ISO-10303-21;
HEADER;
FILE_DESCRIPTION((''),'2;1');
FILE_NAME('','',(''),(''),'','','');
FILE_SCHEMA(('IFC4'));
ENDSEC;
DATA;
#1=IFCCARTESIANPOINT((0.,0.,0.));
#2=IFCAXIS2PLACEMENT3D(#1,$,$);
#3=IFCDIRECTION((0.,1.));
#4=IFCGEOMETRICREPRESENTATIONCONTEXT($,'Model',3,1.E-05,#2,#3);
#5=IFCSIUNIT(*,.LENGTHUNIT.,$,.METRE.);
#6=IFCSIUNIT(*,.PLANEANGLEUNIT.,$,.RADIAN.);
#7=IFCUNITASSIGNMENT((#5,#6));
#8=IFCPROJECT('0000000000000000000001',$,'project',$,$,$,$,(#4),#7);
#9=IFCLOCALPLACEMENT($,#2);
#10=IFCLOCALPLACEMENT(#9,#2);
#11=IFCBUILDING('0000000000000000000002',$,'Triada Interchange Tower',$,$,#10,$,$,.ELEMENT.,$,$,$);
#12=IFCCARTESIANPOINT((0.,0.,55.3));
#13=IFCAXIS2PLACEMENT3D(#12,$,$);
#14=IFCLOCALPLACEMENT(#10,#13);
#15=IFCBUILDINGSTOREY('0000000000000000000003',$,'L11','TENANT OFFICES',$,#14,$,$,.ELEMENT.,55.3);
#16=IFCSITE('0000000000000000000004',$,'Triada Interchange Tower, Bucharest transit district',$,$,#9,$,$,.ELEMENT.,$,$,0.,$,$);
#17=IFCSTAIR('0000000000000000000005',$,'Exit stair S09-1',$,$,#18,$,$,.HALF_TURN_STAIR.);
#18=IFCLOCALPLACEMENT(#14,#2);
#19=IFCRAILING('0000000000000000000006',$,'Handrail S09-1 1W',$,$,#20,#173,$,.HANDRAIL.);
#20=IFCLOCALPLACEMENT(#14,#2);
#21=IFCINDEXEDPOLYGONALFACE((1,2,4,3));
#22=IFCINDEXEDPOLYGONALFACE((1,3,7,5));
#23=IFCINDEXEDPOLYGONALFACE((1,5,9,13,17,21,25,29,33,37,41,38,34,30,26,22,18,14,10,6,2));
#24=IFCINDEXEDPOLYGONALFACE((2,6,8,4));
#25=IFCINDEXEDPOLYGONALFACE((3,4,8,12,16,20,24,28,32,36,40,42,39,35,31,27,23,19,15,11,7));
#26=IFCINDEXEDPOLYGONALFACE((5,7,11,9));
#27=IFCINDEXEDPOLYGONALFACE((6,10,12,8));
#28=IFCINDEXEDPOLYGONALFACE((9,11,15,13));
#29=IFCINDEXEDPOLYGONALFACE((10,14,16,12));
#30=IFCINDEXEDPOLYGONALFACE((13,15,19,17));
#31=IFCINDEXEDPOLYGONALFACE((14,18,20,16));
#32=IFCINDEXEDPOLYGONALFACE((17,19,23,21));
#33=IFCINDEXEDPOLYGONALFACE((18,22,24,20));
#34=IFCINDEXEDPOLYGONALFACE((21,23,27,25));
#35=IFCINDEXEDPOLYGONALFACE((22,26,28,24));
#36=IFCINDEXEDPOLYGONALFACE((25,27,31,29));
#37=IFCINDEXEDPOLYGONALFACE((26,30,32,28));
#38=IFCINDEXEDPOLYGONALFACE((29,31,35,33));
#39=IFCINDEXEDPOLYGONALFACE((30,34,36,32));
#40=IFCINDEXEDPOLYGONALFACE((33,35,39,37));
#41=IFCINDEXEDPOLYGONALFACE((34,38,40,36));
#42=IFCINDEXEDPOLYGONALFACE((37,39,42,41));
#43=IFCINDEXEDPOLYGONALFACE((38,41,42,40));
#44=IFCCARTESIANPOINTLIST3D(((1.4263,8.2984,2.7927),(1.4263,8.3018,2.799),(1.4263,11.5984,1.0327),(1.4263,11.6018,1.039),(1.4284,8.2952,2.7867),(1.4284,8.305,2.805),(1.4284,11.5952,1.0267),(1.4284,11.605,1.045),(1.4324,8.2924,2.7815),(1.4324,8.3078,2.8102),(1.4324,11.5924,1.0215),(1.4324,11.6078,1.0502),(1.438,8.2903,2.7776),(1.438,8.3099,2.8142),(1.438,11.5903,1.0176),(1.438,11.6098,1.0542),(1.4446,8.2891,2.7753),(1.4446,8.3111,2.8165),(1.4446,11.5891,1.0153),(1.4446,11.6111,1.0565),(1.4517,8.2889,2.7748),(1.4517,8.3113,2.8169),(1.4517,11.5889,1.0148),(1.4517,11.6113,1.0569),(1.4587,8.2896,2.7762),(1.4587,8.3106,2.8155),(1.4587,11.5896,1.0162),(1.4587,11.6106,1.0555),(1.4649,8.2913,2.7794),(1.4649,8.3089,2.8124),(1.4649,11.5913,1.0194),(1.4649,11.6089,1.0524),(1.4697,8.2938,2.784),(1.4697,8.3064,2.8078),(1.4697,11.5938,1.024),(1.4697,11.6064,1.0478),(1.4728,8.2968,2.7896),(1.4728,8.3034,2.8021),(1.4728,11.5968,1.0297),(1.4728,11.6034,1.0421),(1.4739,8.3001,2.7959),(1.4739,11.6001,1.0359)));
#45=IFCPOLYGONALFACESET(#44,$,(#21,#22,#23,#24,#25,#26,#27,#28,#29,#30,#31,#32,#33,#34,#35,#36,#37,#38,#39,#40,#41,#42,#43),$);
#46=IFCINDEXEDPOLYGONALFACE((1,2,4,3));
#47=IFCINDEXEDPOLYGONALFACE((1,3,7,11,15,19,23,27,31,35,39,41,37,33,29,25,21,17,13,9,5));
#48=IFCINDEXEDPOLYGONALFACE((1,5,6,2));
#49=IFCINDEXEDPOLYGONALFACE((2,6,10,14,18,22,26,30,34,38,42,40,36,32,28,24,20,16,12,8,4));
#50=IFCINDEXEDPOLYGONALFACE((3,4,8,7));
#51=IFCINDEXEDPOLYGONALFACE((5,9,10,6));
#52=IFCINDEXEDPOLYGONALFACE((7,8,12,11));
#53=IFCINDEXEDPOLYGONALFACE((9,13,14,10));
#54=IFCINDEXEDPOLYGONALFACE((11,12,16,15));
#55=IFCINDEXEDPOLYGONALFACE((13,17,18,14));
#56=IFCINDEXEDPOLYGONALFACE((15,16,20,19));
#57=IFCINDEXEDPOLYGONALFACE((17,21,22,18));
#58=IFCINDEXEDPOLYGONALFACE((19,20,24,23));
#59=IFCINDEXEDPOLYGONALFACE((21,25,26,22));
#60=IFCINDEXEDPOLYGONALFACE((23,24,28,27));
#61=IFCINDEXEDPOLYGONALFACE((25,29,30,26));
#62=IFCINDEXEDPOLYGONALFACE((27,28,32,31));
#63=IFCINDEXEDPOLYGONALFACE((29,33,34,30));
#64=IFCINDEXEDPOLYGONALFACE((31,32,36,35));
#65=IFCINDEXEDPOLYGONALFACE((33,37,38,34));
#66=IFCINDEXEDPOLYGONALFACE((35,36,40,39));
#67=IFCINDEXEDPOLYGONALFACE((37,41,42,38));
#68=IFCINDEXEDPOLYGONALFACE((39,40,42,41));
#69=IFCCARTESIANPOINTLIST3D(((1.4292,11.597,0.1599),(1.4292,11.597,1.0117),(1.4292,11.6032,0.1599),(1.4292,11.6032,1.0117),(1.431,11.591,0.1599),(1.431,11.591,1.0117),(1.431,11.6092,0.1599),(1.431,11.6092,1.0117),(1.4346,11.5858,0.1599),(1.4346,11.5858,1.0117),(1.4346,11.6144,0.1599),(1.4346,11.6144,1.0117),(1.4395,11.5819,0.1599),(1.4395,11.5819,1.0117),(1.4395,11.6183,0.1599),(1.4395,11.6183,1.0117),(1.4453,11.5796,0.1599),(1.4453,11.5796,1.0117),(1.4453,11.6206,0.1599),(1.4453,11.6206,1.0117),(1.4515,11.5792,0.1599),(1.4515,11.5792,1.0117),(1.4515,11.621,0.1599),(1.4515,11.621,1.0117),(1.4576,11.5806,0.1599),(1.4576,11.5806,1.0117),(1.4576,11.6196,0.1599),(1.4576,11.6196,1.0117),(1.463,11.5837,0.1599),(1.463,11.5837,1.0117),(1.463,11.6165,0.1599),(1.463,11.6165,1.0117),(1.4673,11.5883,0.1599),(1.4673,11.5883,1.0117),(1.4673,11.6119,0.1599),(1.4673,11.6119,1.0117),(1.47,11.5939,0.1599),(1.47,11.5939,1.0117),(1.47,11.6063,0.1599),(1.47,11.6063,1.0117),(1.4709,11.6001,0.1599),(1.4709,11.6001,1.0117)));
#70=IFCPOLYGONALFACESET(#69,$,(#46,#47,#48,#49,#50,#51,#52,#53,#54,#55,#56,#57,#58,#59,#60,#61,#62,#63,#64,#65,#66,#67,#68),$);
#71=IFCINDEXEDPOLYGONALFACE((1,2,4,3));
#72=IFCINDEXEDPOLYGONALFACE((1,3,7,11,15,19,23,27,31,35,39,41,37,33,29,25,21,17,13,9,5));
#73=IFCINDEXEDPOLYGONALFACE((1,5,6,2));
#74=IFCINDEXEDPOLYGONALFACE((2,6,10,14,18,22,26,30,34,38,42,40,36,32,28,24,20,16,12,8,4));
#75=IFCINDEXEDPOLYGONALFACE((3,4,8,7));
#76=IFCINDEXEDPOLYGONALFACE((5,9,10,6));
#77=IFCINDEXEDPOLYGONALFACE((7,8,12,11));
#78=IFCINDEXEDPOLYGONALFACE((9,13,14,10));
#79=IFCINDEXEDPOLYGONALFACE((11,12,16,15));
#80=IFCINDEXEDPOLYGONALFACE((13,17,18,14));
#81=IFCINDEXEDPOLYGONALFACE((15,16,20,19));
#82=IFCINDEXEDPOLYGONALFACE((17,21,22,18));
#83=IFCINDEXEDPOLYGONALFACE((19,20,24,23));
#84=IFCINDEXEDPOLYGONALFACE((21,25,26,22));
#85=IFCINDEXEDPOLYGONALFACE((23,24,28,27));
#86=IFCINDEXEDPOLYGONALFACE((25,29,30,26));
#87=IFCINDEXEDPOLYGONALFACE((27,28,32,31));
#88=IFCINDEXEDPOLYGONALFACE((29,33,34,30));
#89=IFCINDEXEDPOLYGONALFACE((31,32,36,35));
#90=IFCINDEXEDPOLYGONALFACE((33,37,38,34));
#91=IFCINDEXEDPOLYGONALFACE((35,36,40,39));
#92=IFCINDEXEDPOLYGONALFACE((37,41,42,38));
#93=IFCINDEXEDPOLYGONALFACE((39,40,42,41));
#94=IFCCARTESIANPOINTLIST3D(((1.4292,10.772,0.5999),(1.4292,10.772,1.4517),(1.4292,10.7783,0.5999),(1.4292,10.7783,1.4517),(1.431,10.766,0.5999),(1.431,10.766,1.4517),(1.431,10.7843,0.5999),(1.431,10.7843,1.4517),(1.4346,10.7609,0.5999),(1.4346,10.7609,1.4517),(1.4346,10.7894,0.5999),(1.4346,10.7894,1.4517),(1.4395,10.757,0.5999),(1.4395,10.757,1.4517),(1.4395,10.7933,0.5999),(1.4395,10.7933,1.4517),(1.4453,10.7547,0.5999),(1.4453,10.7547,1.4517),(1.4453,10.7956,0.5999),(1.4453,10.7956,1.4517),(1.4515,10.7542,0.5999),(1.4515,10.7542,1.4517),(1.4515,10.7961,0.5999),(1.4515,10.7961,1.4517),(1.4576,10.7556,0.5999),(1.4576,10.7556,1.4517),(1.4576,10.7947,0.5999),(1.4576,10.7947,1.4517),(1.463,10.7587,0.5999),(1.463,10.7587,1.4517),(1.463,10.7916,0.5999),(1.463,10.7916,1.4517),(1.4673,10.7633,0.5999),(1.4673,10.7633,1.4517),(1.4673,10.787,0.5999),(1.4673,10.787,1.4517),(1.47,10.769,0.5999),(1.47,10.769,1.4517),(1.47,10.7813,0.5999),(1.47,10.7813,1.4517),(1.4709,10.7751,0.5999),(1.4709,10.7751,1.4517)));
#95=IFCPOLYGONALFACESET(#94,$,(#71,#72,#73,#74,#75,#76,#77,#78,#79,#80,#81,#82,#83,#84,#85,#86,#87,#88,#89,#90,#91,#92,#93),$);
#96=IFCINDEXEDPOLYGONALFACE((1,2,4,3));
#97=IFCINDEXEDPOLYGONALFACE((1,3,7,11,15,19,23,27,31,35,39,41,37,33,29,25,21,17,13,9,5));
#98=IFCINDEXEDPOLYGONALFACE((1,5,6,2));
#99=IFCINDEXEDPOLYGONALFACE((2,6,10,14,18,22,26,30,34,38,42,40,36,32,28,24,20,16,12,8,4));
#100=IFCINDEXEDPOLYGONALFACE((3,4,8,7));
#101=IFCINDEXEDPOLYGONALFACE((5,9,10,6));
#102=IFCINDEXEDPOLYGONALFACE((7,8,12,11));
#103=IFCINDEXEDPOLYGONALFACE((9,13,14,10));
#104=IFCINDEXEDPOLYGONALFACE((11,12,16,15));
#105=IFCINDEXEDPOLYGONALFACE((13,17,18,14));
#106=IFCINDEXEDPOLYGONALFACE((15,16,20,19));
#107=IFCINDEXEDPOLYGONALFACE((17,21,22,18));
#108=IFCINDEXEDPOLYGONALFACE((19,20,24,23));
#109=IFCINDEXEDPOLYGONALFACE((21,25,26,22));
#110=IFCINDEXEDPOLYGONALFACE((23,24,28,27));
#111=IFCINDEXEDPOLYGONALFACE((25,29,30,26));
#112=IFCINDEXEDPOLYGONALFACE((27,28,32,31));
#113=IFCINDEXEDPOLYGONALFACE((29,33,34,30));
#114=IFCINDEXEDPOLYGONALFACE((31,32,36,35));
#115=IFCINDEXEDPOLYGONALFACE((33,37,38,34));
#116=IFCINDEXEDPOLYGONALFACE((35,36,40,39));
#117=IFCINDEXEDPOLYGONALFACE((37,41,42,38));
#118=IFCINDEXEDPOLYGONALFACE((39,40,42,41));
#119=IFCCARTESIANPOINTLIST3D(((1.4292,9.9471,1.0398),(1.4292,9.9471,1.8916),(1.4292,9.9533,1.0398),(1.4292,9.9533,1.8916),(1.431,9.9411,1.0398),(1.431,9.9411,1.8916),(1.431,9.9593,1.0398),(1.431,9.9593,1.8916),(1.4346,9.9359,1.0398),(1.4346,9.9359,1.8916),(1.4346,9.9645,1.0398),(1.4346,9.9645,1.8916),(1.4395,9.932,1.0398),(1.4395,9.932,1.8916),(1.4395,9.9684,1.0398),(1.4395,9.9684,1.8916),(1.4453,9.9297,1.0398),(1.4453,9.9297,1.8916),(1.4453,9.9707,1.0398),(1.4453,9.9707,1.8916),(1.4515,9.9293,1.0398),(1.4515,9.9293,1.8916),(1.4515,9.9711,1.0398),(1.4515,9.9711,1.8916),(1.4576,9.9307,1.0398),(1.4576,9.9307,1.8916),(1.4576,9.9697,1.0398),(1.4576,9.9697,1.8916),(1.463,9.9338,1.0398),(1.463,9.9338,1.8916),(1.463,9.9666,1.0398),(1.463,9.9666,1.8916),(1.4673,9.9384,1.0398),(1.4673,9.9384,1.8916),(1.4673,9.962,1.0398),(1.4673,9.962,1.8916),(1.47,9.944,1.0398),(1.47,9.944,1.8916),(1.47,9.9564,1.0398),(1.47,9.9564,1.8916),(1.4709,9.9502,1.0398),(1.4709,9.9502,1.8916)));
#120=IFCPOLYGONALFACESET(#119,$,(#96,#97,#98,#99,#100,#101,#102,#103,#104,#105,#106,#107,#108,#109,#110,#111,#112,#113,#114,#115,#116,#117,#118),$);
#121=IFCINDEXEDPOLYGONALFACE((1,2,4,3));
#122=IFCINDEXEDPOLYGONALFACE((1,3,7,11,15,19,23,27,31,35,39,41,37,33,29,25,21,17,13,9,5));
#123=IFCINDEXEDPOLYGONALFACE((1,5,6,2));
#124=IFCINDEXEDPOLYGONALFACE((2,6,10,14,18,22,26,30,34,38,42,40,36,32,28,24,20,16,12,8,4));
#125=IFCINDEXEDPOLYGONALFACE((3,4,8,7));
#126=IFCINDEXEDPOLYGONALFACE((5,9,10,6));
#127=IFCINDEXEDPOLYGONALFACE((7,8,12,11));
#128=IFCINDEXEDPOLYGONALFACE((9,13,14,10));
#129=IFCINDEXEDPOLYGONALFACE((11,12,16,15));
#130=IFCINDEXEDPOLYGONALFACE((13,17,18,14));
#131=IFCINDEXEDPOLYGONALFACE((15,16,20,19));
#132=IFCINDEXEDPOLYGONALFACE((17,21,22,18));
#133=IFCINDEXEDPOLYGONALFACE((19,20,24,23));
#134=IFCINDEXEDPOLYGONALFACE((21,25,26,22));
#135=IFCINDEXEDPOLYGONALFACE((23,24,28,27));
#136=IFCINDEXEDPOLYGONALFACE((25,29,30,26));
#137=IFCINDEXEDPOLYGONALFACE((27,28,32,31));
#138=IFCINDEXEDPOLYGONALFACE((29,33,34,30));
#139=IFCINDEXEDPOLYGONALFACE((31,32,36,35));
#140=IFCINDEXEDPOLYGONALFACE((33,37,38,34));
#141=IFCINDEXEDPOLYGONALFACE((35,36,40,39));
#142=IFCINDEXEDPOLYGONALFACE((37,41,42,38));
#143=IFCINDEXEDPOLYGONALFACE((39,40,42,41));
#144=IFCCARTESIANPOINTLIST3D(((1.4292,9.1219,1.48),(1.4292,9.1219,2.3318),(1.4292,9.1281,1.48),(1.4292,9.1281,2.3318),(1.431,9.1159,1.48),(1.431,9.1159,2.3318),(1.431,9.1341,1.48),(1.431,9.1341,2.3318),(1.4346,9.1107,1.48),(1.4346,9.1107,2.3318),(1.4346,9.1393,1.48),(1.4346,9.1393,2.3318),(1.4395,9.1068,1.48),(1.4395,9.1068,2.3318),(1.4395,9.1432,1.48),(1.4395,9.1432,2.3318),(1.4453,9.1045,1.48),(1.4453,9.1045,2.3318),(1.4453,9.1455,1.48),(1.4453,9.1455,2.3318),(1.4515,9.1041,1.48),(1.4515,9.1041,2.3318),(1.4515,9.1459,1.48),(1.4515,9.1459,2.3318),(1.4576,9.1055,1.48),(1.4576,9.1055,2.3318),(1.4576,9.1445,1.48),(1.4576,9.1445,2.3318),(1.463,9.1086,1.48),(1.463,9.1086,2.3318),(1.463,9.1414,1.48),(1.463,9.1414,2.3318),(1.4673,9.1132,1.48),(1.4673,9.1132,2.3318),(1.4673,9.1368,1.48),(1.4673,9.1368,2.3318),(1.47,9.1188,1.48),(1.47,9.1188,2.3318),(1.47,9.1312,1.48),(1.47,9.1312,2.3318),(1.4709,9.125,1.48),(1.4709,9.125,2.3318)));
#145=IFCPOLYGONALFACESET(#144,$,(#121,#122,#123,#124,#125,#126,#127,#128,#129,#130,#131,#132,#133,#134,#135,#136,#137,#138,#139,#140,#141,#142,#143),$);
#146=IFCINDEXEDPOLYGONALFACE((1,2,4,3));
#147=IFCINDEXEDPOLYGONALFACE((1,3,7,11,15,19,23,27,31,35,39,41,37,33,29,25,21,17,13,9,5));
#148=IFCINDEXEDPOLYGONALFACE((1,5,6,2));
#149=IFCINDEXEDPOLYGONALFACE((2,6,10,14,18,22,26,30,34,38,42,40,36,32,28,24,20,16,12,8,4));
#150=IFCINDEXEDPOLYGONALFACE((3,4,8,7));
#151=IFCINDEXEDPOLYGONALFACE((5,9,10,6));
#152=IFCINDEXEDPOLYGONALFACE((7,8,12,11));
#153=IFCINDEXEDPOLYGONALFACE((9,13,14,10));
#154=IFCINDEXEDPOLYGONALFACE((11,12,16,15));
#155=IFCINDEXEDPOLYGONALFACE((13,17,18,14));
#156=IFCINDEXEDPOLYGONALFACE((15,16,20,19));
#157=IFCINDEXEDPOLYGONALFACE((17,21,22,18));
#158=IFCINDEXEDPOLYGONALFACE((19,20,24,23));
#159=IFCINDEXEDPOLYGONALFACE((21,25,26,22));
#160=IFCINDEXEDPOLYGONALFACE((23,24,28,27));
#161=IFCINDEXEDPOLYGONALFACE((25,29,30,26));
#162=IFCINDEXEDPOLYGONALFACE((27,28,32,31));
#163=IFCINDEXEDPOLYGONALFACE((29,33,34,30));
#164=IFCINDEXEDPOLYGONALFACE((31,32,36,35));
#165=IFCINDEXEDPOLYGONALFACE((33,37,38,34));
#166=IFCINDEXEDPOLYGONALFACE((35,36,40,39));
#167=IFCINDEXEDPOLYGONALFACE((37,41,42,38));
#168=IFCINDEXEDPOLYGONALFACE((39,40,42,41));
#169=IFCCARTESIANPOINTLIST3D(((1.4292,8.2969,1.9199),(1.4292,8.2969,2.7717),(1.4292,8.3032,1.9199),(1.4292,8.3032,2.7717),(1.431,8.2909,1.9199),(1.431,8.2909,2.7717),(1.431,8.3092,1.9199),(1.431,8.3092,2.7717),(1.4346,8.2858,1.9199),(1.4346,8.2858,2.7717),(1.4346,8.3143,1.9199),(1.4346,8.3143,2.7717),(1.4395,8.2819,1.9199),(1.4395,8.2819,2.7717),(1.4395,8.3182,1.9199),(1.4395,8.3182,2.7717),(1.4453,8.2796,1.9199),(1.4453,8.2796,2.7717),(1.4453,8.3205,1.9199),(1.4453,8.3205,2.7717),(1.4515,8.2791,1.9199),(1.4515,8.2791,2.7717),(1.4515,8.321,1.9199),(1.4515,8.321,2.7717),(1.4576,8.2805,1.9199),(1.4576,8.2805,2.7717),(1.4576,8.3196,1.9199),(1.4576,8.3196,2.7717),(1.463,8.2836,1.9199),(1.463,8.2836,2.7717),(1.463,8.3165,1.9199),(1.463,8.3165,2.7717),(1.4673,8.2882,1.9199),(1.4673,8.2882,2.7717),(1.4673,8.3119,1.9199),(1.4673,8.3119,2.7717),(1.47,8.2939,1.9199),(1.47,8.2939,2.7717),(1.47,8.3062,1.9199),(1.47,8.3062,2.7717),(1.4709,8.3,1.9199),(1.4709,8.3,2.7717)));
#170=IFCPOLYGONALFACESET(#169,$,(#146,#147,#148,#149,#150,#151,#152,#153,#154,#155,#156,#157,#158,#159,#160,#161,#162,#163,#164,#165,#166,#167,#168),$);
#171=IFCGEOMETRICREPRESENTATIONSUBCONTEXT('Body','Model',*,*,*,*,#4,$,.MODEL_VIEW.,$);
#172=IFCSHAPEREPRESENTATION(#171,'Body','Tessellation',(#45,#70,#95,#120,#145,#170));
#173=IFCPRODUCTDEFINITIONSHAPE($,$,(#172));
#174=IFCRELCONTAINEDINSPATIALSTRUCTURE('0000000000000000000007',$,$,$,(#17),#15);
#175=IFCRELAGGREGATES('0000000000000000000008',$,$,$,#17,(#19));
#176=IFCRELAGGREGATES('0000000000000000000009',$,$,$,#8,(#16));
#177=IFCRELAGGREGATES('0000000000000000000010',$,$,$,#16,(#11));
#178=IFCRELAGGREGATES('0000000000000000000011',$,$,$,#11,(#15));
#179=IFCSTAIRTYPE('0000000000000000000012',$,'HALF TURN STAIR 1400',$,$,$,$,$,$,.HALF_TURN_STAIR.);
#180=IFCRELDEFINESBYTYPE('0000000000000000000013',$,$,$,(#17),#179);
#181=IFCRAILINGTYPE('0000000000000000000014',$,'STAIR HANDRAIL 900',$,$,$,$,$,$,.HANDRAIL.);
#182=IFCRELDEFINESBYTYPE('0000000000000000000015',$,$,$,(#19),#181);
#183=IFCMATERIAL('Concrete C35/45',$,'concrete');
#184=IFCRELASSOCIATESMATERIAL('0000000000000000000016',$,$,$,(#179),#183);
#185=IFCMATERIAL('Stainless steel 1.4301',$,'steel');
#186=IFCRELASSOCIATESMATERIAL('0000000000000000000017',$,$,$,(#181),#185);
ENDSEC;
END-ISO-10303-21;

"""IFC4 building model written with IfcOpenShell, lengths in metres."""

from ifc_helpers import new_model, si_unit, direction, frame, origin, origin_2d, place, context, subcontext, project, spatial, circle, extrude, material, type_object, element, aggregate, save


model = new_model("IFC4")

# Units and contexts
model_context = context("Model", 3, precision=1e-05, world=origin(), true_north=direction((0.0, 1.0)))
body_context = subcontext(model_context, "Body", "Model", "MODEL_VIEW")
ifc_project = project(units=[si_unit("LENGTHUNIT", "METRE"), si_unit("PLANEANGLEUNIT", "RADIAN")], contexts=[model_context])

# Site, building, storey
site_placement = place(None, origin())
site = spatial("IfcSite", under=ifc_project, at=site_placement, Name="Triada Interchange Tower, Bucharest transit district", CompositionType="ELEMENT", RefElevation=0.0)
building_placement = place(site_placement, origin())
building = spatial("IfcBuilding", under=site, at=building_placement, Name="Triada Interchange Tower", CompositionType="ELEMENT")
storey_placement = place(building_placement, frame((0.0, 0.0, 55.3)))
storey = spatial("IfcBuildingStorey", under=building, at=storey_placement, Name="L11", Description="TENANT OFFICES", CompositionType="ELEMENT", Elevation=55.3)

# Stair
ifc_material_1 = material(Name="Concrete C35/45", Category="concrete")
stair_type = type_object("IfcStairType", Name="HALF TURN STAIR 1400", PredefinedType="HALF_TURN_STAIR", material=ifc_material_1)
stair_placement = place(storey_placement, origin())
stair = element("IfcStair", 1, at=stair_placement, inside=storey, type_object=stair_type, Name="Exit stair S09-1", PredefinedType="HALF_TURN_STAIR")

# Railing
ifc_material_2 = material(Name="Stainless steel 1.4301", Category="steel")
railing_type = type_object("IfcRailingType", Name="STAIR HANDRAIL 900", PredefinedType="HANDRAIL", material=ifc_material_2)
railing_1_placement = place(storey_placement, frame((1.45, 11.6001, 0.1599)))
railing_1 = element("IfcRailing", 2, at=railing_1_placement, type_object=railing_type, Name="Handrail S09-1 1W", PredefinedType="HANDRAIL", context=body_context, shape_type="SweptSolid", body=[
    extrude(circle(Radius=0.0239, at=origin_2d()), frame((0.0, 0.0, 0.876), z_axis=(0.0, -0.882355, 0.470585), x_axis=(1.0, 0.0, 0.0)), (0.0, 0.0, 1.0), 3.74),
    extrude(circle(Radius=0.021, at=origin_2d()), origin(), (0.0, 0.0, 1.0), 0.8518),
    extrude(circle(Radius=0.021, at=origin_2d()), frame((0.0, -0.825, 0.4399)), (0.0, 0.0, 1.0), 0.8518),
    extrude(circle(Radius=0.021, at=origin_2d()), frame((0.0, -1.6499, 0.8799)), (0.0, 0.0, 1.0), 0.8518),
    extrude(circle(Radius=0.021, at=origin_2d()), frame((0.0, -2.4751, 1.3201)), (0.0, 0.0, 1.0), 0.8518),
    extrude(circle(Radius=0.021, at=origin_2d()), frame((0.0, -3.3, 1.76)), (0.0, 0.0, 1.0), 0.8518),
])
aggregate(stair, [railing_1])

save(model, "model.ifc")
